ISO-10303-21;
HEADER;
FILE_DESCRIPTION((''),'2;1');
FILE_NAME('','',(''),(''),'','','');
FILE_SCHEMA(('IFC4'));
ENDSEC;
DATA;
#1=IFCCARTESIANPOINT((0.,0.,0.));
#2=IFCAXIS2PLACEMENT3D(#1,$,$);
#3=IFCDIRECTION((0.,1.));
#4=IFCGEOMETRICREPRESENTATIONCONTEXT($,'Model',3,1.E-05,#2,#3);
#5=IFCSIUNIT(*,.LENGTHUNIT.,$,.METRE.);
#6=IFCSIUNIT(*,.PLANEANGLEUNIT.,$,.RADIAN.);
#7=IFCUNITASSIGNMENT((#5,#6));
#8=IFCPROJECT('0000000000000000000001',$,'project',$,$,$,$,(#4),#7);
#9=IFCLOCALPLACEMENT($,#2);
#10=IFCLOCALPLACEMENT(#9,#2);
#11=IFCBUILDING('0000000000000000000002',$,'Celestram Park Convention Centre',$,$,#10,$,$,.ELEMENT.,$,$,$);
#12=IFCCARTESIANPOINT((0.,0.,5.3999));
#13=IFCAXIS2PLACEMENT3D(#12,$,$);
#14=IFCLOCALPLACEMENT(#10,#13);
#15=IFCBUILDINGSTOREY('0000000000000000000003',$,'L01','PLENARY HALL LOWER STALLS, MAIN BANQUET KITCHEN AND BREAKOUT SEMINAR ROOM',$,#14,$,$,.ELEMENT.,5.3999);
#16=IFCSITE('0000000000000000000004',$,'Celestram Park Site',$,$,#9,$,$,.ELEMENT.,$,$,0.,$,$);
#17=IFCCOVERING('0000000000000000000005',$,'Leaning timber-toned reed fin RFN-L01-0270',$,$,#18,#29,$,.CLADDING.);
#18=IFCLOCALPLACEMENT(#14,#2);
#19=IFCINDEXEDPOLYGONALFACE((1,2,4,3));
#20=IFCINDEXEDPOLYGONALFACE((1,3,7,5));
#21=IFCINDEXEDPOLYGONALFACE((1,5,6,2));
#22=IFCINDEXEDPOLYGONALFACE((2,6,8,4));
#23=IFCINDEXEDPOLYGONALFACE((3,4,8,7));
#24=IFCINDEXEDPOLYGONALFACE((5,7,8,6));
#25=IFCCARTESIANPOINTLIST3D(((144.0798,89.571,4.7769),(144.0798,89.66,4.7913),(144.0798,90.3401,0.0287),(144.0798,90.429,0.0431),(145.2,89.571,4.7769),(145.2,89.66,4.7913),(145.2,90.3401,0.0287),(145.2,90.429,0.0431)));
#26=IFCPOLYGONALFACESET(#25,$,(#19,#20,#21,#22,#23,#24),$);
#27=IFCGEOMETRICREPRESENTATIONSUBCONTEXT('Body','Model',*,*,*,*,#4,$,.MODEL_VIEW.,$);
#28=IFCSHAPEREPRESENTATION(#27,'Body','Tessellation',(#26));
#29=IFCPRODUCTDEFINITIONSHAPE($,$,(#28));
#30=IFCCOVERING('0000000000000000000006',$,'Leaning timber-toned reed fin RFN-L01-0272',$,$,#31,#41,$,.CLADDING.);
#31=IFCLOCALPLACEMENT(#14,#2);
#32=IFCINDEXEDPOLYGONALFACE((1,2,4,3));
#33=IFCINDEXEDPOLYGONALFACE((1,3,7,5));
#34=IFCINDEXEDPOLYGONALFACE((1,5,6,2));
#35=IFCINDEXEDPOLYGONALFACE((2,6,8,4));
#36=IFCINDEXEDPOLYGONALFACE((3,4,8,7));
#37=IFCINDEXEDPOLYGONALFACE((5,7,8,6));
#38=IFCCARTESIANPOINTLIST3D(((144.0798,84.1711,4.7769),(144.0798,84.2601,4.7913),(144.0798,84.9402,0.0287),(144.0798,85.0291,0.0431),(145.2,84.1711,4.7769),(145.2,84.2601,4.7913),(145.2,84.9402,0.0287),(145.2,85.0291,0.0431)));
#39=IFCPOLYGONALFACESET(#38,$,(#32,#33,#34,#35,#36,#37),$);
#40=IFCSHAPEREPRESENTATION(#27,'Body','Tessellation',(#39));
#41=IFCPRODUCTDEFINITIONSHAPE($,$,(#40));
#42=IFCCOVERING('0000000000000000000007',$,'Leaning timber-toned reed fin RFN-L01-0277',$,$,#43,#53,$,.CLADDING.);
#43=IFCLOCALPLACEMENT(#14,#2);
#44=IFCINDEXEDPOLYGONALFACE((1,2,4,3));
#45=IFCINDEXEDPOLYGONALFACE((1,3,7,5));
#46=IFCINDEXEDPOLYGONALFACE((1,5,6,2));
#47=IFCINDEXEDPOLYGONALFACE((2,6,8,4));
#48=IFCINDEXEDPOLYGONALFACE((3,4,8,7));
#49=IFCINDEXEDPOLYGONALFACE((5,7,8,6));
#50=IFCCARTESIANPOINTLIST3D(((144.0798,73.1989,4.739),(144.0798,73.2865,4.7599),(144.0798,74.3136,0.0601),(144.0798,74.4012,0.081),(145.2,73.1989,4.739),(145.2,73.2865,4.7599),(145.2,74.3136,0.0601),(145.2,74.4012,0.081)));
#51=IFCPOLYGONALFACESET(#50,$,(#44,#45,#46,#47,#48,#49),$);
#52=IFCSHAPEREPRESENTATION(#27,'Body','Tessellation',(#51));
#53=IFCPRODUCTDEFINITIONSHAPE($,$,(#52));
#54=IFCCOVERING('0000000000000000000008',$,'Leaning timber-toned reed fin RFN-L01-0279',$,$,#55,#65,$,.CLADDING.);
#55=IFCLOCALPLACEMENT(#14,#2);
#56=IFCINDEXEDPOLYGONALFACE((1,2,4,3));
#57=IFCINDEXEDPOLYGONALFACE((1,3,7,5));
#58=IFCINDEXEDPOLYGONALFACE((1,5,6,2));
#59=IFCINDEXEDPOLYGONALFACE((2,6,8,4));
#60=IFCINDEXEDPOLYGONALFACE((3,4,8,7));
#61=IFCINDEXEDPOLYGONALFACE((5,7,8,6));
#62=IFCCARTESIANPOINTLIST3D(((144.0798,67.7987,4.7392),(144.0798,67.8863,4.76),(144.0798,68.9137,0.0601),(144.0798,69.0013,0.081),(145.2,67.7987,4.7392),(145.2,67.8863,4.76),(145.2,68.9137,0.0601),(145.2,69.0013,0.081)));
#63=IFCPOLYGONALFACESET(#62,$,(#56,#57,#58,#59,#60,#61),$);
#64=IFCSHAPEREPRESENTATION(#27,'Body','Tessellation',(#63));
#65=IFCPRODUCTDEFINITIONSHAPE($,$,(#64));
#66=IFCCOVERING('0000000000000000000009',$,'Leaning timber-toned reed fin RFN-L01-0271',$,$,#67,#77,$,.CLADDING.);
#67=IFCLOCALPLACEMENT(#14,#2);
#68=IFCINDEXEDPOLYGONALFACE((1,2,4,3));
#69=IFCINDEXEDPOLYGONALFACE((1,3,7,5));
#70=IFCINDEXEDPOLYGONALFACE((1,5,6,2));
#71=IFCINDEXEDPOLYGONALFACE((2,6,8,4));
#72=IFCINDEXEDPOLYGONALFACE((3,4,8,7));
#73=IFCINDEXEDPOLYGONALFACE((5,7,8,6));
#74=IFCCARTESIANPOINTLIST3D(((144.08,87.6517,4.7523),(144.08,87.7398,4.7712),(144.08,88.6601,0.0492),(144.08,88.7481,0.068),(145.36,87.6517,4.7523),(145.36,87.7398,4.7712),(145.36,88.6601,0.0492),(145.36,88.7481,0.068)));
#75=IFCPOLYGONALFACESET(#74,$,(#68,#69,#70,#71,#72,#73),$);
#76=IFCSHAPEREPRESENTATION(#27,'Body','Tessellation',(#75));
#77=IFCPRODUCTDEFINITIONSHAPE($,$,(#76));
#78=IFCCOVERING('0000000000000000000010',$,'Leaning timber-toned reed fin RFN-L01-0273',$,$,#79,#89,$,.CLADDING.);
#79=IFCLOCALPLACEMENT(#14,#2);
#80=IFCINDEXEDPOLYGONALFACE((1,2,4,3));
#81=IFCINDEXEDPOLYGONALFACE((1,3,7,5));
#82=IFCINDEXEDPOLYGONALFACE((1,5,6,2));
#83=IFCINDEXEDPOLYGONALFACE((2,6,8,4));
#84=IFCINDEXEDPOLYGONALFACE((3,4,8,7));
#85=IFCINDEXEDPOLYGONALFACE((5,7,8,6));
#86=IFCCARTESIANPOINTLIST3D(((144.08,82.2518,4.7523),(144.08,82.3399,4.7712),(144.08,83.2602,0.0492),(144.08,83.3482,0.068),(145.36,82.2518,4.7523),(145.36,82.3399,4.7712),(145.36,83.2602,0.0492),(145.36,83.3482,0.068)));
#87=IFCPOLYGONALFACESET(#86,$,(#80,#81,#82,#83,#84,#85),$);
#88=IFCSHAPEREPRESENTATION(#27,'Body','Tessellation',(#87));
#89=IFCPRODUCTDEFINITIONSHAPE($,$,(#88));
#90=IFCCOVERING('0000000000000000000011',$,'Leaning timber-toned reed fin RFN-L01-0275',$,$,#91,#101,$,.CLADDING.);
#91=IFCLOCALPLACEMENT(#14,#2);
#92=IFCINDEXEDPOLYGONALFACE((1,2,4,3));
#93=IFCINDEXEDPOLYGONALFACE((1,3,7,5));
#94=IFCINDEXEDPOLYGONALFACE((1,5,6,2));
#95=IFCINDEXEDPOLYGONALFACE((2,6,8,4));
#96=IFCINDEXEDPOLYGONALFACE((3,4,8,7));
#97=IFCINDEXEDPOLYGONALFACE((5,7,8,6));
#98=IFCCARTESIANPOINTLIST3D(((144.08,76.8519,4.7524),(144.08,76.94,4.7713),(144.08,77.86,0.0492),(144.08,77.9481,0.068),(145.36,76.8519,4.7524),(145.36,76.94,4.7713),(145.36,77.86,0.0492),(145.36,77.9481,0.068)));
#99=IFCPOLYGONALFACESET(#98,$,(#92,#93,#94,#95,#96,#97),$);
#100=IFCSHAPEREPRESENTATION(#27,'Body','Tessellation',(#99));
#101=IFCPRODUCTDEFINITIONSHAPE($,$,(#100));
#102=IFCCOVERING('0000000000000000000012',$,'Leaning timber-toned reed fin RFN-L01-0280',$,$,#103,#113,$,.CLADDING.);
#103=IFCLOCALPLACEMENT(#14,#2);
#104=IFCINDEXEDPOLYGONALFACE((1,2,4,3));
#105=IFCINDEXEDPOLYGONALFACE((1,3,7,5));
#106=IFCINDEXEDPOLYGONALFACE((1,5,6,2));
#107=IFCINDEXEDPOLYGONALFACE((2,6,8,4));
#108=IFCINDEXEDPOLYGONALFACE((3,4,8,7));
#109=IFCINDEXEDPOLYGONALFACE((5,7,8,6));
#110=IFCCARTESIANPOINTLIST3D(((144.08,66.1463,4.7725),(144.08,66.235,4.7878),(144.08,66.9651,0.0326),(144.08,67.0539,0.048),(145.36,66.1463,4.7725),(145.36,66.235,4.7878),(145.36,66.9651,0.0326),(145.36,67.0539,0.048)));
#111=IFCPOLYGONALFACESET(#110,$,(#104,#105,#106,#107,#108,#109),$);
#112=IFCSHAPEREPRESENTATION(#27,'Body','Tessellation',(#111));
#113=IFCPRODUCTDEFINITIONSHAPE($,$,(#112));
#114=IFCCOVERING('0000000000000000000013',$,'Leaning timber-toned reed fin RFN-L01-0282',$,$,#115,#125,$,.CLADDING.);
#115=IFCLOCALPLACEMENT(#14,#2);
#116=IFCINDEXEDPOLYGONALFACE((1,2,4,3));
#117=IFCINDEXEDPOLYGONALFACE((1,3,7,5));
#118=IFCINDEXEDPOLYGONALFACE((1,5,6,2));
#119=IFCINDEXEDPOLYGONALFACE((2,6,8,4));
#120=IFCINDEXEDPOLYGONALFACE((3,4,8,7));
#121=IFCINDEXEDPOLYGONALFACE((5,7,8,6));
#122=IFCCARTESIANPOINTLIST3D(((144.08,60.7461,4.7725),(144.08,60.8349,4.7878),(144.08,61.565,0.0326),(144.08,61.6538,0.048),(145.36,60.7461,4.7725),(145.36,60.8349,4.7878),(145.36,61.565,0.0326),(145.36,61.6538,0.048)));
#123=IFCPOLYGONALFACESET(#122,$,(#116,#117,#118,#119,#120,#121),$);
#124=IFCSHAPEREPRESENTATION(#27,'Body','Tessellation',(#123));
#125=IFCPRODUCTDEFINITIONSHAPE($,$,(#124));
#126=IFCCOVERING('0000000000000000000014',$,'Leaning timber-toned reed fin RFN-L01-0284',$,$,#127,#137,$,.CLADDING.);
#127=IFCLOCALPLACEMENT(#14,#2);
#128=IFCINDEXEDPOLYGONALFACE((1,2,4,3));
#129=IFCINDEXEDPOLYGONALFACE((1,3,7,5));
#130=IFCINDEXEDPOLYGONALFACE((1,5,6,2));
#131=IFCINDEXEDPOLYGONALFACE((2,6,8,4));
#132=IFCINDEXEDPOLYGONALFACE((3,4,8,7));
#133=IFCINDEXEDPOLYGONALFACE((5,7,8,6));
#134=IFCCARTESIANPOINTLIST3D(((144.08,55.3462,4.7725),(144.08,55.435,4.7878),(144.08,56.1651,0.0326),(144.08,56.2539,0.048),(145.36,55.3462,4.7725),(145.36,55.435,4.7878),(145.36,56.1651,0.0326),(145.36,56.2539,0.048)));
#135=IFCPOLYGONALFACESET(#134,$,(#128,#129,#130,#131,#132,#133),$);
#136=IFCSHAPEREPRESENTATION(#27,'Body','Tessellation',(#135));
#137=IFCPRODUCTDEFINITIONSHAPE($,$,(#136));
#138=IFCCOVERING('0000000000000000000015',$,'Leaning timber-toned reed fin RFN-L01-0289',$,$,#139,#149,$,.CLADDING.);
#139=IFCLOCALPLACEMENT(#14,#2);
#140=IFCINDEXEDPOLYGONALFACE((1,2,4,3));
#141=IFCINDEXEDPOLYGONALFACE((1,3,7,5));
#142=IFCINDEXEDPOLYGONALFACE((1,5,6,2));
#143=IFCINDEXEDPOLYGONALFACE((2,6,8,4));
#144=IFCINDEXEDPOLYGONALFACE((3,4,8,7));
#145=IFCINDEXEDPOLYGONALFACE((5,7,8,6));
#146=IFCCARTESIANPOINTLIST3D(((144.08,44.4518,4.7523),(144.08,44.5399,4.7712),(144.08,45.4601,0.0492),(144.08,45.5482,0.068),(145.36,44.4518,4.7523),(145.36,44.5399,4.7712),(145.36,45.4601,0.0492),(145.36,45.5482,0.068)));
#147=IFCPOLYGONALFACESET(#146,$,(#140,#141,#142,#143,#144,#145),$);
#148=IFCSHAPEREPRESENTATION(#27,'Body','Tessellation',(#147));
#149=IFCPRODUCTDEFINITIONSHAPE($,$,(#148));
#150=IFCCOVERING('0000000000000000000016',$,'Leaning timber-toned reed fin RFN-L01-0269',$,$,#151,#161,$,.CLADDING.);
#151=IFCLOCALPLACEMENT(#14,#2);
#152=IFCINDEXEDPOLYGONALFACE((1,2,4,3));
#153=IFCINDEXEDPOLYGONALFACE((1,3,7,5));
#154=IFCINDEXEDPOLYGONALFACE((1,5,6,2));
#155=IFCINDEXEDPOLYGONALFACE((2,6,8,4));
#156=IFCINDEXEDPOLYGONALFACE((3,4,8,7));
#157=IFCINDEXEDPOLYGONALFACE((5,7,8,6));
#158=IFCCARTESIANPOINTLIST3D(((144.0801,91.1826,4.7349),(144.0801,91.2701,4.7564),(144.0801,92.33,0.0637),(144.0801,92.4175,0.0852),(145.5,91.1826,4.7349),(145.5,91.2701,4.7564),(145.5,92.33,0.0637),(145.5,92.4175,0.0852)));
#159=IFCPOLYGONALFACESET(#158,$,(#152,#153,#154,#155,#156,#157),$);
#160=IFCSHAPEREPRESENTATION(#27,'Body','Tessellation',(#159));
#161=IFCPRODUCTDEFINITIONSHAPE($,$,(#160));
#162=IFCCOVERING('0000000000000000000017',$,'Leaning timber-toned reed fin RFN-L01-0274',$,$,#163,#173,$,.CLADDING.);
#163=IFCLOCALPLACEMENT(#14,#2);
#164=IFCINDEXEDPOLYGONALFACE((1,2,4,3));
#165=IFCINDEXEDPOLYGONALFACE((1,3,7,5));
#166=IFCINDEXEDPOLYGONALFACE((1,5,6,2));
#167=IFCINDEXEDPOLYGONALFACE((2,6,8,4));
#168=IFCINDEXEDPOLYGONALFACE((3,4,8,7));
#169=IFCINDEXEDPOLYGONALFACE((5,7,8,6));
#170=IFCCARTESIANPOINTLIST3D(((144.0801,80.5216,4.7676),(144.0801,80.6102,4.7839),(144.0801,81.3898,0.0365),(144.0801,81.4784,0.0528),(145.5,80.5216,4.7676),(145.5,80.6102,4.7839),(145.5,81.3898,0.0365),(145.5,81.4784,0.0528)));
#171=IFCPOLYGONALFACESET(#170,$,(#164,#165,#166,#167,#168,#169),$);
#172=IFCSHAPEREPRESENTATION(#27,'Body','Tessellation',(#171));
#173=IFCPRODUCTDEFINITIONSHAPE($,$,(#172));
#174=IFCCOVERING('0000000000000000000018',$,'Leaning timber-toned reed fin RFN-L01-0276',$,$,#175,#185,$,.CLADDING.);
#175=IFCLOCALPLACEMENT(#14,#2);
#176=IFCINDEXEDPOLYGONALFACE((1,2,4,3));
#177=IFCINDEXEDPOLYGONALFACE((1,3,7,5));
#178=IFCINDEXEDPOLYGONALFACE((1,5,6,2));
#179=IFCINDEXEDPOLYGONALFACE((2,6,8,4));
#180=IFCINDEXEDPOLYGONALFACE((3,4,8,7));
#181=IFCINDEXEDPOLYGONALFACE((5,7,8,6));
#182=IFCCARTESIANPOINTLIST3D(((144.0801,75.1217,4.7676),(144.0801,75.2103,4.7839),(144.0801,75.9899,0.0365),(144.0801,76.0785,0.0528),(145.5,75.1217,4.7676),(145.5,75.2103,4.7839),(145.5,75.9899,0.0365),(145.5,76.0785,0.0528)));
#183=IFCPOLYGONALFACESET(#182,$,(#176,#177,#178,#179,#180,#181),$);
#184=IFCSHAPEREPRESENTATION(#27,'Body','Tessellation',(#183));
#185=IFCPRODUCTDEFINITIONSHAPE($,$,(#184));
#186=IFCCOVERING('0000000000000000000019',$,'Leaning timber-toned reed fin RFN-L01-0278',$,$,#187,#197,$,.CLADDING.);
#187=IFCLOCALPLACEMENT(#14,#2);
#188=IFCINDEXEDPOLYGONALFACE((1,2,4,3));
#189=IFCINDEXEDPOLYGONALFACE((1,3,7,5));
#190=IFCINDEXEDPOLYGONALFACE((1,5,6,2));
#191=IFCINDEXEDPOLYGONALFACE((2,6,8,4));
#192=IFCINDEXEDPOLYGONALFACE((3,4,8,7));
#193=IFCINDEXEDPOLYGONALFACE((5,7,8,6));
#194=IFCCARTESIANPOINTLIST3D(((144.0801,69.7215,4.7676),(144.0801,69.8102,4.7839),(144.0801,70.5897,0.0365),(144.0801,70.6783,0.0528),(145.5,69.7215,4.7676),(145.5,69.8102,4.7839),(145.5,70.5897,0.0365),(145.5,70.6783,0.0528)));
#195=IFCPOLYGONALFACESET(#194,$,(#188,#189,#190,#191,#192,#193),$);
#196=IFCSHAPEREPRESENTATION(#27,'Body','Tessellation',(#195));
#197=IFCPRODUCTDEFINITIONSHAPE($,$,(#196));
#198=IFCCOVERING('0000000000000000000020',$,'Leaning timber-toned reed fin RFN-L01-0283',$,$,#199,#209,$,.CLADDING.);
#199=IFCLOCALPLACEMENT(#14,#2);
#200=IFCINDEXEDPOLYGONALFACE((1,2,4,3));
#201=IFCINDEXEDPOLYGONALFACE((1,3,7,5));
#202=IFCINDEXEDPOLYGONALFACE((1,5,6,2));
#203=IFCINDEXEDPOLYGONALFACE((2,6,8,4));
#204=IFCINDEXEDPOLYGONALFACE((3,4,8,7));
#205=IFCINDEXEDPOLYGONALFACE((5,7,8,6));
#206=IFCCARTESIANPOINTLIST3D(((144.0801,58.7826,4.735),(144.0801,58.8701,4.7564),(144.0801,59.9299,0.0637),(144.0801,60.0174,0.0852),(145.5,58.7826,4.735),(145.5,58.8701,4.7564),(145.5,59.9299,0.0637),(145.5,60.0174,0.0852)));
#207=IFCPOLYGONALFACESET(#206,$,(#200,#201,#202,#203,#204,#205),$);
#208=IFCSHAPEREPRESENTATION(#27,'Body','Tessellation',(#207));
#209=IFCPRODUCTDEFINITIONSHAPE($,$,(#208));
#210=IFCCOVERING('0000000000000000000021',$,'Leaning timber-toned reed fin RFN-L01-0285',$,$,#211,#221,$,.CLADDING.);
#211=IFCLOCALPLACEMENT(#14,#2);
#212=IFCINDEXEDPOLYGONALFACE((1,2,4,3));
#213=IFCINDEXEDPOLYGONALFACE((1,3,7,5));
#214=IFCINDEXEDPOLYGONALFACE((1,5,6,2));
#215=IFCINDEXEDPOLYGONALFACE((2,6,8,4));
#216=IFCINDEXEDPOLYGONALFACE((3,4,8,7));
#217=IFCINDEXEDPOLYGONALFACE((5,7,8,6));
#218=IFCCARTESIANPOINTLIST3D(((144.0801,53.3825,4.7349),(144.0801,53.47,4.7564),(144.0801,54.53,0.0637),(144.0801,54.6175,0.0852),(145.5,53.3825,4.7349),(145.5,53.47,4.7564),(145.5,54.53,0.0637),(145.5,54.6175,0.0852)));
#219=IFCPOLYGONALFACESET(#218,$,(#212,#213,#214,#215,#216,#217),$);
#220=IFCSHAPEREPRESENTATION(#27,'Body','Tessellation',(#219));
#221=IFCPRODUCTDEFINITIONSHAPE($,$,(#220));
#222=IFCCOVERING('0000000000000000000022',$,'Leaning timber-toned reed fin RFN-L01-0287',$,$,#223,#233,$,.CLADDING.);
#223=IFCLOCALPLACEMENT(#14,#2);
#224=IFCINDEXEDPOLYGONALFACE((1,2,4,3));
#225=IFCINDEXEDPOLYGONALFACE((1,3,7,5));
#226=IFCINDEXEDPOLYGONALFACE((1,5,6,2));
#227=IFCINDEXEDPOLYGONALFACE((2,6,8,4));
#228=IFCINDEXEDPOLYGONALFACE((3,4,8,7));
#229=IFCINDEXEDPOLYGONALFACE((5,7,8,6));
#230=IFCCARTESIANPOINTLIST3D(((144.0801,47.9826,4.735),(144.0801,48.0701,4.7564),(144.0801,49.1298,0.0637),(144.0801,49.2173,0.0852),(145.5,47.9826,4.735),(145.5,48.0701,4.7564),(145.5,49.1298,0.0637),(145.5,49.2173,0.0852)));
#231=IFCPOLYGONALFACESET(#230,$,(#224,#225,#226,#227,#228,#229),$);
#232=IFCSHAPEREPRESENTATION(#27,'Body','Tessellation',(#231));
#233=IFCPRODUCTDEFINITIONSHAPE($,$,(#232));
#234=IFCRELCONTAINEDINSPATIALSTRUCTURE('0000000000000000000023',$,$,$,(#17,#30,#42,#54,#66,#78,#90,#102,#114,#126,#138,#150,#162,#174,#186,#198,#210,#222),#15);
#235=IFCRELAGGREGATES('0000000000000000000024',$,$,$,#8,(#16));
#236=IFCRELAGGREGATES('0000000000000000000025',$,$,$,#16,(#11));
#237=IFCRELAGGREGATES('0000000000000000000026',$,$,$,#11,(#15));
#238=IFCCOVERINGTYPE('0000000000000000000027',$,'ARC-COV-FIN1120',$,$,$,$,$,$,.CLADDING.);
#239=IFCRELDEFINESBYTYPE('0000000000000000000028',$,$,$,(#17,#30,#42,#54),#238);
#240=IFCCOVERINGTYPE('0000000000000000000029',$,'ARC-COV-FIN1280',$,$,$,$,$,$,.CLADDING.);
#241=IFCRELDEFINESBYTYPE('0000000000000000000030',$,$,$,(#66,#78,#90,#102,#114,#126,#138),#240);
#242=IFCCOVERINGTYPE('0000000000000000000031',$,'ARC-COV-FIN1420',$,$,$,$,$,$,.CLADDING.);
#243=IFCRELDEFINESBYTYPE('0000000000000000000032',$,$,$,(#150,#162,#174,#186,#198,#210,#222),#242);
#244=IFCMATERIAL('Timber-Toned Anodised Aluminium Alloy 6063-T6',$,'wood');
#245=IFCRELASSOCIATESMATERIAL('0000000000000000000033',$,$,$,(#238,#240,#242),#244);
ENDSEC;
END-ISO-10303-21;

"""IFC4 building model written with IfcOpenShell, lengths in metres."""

from ifc_helpers import new_model, si_unit, direction, frame, origin, origin_2d, place, context, subcontext, project, spatial, rectangle, extrude, material, material_profile, profile_set, type_object, element, save


model = new_model("IFC4")

# Units and contexts
model_context = context("Model", 3, precision=1e-05, world=origin(), true_north=direction((0.0, 1.0)))
body_context = subcontext(model_context, "Body", "Model", "MODEL_VIEW")
ifc_project = project(units=[si_unit("LENGTHUNIT", "METRE"), si_unit("PLANEANGLEUNIT", "RADIAN")], contexts=[model_context])

# Site, building, storey
site_placement = place(None, origin())
site = spatial("IfcSite", under=ifc_project, at=site_placement, Name="Celestram Park Site", CompositionType="ELEMENT", RefElevation=0.0)
building_placement = place(site_placement, origin())
building = spatial("IfcBuilding", under=site, at=building_placement, Name="Celestram Park Convention Centre", CompositionType="ELEMENT")
storey_placement = place(building_placement, frame((0.0, 0.0, 5.3999)))
storey = spatial("IfcBuildingStorey", under=building, at=storey_placement, Name="L01", Description="PLENARY HALL LOWER STALLS, MAIN BANQUET KITCHEN AND BREAKOUT SEMINAR ROOM", CompositionType="ELEMENT", Elevation=5.3999)

# Coverings
ifc_material_1 = material(Name="Timber-Toned Anodised Aluminium Alloy 6063-T6", Category="wood")
ifc_material_profile_1 = material_profile(ifc_material_1, rectangle(XDim=1.1201, YDim=0.0901, at=origin_2d()), Name="REED1120X90")
ifc_profile_set_1 = profile_set([ifc_material_profile_1], Name="Timber-Toned Anodised Aluminium Alloy 6063-T6")
covering_type_1 = type_object("IfcCoveringType", Name="ARC-COV-FIN1120", PredefinedType="CLADDING", material=ifc_profile_set_1)
for number, where, z_axis, x_axis, name in (
    (1, (144.6399, 90.3845, 0.0359), (0.0, -0.159879, 0.987137), (1.0, 0.0, 0.0), "Leaning timber-toned reed fin RFN-L01-0270"),
    (2, (144.6399, 84.9846, 0.0359), (0.0, -0.159879, 0.987137), (1.0, 0.0, 0.0), "Leaning timber-toned reed fin RFN-L01-0272"),
):
    element("IfcCovering", number, at=place(storey_placement, frame(where, z_axis=z_axis, x_axis=x_axis)), inside=storey, type_object=covering_type_1, Name=name, PredefinedType="CLADDING", context=body_context, shape_type="SweptSolid", body=[
        extrude(rectangle(XDim=1.1201, YDim=0.0901, at=origin_2d()), origin(), (0.0, 0.0, 1.0), 4.8101),
    ])
covering_1_placement = place(storey_placement, frame((144.6399, 74.3574, 0.0706), z_axis=(0.0, -0.23176, 0.972773), x_axis=(1.0, 0.0, 0.0)))
element("IfcCovering", 3, at=covering_1_placement, inside=storey, type_object=covering_type_1, Name="Leaning timber-toned reed fin RFN-L01-0277", PredefinedType="CLADDING", context=body_context, shape_type="SweptSolid", body=[
    extrude(rectangle(XDim=1.1201, YDim=0.0901, at=origin_2d()), origin(), (0.0, 0.0, 1.0), 4.8098),
])
covering_2_placement = place(storey_placement, frame((144.6399, 68.9575, 0.0706), z_axis=(0.0, -0.231808, 0.972762), x_axis=(1.0, 0.0, 0.0)))
element("IfcCovering", 4, at=covering_2_placement, inside=storey, type_object=covering_type_1, Name="Leaning timber-toned reed fin RFN-L01-0279", PredefinedType="CLADDING", context=body_context, shape_type="SweptSolid", body=[
    extrude(rectangle(XDim=1.1201, YDim=0.0901, at=origin_2d()), origin(), (0.0, 0.0, 1.0), 4.8101),
])
ifc_material_profile_2 = material_profile(ifc_material_1, rectangle(XDim=1.28, YDim=0.0901, at=origin_2d()), Name="REED1280X90")
ifc_profile_set_2 = profile_set([ifc_material_profile_2], Name="Timber-Toned Anodised Aluminium Alloy 6063-T6")
covering_type_2 = type_object("IfcCoveringType", Name="ARC-COV-FIN1280", PredefinedType="CLADDING", material=ifc_profile_set_2)
for number, where, z_axis, x_axis, name in (
    (5, (144.72, 88.7041, 0.0586), (0.0, -0.209626, 0.977782), (1.0, 0.0, 0.0), "Leaning timber-toned reed fin RFN-L01-0271"),
    (6, (144.72, 83.3042, 0.0586), (0.0, -0.209626, 0.977782), (1.0, 0.0, 0.0), "Leaning timber-toned reed fin RFN-L01-0273"),
    (7, (144.72, 77.9041, 0.0586), (0.0, -0.209578, 0.977792), (1.0, 0.0, 0.0), "Leaning timber-toned reed fin RFN-L01-0275"),
    (8, (144.72, 67.0095, 0.0403), (0.0, -0.17024, 0.985403), (1.0, 0.0, 0.0), "Leaning timber-toned reed fin RFN-L01-0280"),
    (9, (144.72, 61.6094, 0.0403), (0.0, -0.17024, 0.985403), (1.0, 0.0, 0.0), "Leaning timber-toned reed fin RFN-L01-0282"),
    (10, (144.72, 56.2095, 0.0403), (0.0, -0.17024, 0.985403), (1.0, 0.0, 0.0), "Leaning timber-toned reed fin RFN-L01-0284"),
    (11, (144.72, 45.5042, 0.0586), (0.0, -0.209626, 0.977782), (1.0, 0.0, 0.0), "Leaning timber-toned reed fin RFN-L01-0289"),
):
    element("IfcCovering", number, at=place(storey_placement, frame(where, z_axis=z_axis, x_axis=x_axis)), inside=storey, type_object=covering_type_2, Name=name, PredefinedType="CLADDING", context=body_context, shape_type="SweptSolid", body=[
        extrude(rectangle(XDim=1.28, YDim=0.0901, at=origin_2d()), origin(), (0.0, 0.0, 1.0), 4.8101),
    ])
ifc_material_profile_3 = material_profile(ifc_material_1, rectangle(XDim=1.4199, YDim=0.0901, at=origin_2d()), Name="REED1420X90")
ifc_profile_set_3 = profile_set([ifc_material_profile_3], Name="Timber-Toned Anodised Aluminium Alloy 6063-T6")
covering_type_3 = type_object("IfcCoveringType", Name="ARC-COV-FIN1420", PredefinedType="CLADDING", material=ifc_profile_set_3)
for number, where, z_axis, x_axis, name in (
    (12, (144.79, 92.3738, 0.0745), (0.0, -0.238557, 0.971129), (1.0, 0.0, 0.0), "Leaning timber-toned reed fin RFN-L01-0269"),
    (13, (144.79, 81.4341, 0.0447), (0.0, -0.180493, 0.983576), (1.0, 0.0, 0.0), "Leaning timber-toned reed fin RFN-L01-0274"),
    (14, (144.79, 76.0342, 0.0447), (0.0, -0.180493, 0.983576), (1.0, 0.0, 0.0), "Leaning timber-toned reed fin RFN-L01-0276"),
    (15, (144.79, 70.634, 0.0447), (0.0, -0.180493, 0.983576), (1.0, 0.0, 0.0), "Leaning timber-toned reed fin RFN-L01-0278"),
    (16, (144.79, 59.9736, 0.0745), (0.0, -0.238509, 0.97114), (1.0, 0.0, 0.0), "Leaning timber-toned reed fin RFN-L01-0283"),
    (17, (144.79, 54.5737, 0.0745), (0.0, -0.238557, 0.971129), (1.0, 0.0, 0.0), "Leaning timber-toned reed fin RFN-L01-0285"),
    (18, (144.79, 49.1736, 0.0745), (0.0, -0.238509, 0.97114), (1.0, 0.0, 0.0), "Leaning timber-toned reed fin RFN-L01-0287"),
):
    element("IfcCovering", number, at=place(storey_placement, frame(where, z_axis=z_axis, x_axis=x_axis)), inside=storey, type_object=covering_type_3, Name=name, PredefinedType="CLADDING", context=body_context, shape_type="SweptSolid", body=[
        extrude(rectangle(XDim=1.4199, YDim=0.0901, at=origin_2d()), origin(), (0.0, 0.0, 1.0), 4.8101),
    ])

save(model, "model.ifc")
